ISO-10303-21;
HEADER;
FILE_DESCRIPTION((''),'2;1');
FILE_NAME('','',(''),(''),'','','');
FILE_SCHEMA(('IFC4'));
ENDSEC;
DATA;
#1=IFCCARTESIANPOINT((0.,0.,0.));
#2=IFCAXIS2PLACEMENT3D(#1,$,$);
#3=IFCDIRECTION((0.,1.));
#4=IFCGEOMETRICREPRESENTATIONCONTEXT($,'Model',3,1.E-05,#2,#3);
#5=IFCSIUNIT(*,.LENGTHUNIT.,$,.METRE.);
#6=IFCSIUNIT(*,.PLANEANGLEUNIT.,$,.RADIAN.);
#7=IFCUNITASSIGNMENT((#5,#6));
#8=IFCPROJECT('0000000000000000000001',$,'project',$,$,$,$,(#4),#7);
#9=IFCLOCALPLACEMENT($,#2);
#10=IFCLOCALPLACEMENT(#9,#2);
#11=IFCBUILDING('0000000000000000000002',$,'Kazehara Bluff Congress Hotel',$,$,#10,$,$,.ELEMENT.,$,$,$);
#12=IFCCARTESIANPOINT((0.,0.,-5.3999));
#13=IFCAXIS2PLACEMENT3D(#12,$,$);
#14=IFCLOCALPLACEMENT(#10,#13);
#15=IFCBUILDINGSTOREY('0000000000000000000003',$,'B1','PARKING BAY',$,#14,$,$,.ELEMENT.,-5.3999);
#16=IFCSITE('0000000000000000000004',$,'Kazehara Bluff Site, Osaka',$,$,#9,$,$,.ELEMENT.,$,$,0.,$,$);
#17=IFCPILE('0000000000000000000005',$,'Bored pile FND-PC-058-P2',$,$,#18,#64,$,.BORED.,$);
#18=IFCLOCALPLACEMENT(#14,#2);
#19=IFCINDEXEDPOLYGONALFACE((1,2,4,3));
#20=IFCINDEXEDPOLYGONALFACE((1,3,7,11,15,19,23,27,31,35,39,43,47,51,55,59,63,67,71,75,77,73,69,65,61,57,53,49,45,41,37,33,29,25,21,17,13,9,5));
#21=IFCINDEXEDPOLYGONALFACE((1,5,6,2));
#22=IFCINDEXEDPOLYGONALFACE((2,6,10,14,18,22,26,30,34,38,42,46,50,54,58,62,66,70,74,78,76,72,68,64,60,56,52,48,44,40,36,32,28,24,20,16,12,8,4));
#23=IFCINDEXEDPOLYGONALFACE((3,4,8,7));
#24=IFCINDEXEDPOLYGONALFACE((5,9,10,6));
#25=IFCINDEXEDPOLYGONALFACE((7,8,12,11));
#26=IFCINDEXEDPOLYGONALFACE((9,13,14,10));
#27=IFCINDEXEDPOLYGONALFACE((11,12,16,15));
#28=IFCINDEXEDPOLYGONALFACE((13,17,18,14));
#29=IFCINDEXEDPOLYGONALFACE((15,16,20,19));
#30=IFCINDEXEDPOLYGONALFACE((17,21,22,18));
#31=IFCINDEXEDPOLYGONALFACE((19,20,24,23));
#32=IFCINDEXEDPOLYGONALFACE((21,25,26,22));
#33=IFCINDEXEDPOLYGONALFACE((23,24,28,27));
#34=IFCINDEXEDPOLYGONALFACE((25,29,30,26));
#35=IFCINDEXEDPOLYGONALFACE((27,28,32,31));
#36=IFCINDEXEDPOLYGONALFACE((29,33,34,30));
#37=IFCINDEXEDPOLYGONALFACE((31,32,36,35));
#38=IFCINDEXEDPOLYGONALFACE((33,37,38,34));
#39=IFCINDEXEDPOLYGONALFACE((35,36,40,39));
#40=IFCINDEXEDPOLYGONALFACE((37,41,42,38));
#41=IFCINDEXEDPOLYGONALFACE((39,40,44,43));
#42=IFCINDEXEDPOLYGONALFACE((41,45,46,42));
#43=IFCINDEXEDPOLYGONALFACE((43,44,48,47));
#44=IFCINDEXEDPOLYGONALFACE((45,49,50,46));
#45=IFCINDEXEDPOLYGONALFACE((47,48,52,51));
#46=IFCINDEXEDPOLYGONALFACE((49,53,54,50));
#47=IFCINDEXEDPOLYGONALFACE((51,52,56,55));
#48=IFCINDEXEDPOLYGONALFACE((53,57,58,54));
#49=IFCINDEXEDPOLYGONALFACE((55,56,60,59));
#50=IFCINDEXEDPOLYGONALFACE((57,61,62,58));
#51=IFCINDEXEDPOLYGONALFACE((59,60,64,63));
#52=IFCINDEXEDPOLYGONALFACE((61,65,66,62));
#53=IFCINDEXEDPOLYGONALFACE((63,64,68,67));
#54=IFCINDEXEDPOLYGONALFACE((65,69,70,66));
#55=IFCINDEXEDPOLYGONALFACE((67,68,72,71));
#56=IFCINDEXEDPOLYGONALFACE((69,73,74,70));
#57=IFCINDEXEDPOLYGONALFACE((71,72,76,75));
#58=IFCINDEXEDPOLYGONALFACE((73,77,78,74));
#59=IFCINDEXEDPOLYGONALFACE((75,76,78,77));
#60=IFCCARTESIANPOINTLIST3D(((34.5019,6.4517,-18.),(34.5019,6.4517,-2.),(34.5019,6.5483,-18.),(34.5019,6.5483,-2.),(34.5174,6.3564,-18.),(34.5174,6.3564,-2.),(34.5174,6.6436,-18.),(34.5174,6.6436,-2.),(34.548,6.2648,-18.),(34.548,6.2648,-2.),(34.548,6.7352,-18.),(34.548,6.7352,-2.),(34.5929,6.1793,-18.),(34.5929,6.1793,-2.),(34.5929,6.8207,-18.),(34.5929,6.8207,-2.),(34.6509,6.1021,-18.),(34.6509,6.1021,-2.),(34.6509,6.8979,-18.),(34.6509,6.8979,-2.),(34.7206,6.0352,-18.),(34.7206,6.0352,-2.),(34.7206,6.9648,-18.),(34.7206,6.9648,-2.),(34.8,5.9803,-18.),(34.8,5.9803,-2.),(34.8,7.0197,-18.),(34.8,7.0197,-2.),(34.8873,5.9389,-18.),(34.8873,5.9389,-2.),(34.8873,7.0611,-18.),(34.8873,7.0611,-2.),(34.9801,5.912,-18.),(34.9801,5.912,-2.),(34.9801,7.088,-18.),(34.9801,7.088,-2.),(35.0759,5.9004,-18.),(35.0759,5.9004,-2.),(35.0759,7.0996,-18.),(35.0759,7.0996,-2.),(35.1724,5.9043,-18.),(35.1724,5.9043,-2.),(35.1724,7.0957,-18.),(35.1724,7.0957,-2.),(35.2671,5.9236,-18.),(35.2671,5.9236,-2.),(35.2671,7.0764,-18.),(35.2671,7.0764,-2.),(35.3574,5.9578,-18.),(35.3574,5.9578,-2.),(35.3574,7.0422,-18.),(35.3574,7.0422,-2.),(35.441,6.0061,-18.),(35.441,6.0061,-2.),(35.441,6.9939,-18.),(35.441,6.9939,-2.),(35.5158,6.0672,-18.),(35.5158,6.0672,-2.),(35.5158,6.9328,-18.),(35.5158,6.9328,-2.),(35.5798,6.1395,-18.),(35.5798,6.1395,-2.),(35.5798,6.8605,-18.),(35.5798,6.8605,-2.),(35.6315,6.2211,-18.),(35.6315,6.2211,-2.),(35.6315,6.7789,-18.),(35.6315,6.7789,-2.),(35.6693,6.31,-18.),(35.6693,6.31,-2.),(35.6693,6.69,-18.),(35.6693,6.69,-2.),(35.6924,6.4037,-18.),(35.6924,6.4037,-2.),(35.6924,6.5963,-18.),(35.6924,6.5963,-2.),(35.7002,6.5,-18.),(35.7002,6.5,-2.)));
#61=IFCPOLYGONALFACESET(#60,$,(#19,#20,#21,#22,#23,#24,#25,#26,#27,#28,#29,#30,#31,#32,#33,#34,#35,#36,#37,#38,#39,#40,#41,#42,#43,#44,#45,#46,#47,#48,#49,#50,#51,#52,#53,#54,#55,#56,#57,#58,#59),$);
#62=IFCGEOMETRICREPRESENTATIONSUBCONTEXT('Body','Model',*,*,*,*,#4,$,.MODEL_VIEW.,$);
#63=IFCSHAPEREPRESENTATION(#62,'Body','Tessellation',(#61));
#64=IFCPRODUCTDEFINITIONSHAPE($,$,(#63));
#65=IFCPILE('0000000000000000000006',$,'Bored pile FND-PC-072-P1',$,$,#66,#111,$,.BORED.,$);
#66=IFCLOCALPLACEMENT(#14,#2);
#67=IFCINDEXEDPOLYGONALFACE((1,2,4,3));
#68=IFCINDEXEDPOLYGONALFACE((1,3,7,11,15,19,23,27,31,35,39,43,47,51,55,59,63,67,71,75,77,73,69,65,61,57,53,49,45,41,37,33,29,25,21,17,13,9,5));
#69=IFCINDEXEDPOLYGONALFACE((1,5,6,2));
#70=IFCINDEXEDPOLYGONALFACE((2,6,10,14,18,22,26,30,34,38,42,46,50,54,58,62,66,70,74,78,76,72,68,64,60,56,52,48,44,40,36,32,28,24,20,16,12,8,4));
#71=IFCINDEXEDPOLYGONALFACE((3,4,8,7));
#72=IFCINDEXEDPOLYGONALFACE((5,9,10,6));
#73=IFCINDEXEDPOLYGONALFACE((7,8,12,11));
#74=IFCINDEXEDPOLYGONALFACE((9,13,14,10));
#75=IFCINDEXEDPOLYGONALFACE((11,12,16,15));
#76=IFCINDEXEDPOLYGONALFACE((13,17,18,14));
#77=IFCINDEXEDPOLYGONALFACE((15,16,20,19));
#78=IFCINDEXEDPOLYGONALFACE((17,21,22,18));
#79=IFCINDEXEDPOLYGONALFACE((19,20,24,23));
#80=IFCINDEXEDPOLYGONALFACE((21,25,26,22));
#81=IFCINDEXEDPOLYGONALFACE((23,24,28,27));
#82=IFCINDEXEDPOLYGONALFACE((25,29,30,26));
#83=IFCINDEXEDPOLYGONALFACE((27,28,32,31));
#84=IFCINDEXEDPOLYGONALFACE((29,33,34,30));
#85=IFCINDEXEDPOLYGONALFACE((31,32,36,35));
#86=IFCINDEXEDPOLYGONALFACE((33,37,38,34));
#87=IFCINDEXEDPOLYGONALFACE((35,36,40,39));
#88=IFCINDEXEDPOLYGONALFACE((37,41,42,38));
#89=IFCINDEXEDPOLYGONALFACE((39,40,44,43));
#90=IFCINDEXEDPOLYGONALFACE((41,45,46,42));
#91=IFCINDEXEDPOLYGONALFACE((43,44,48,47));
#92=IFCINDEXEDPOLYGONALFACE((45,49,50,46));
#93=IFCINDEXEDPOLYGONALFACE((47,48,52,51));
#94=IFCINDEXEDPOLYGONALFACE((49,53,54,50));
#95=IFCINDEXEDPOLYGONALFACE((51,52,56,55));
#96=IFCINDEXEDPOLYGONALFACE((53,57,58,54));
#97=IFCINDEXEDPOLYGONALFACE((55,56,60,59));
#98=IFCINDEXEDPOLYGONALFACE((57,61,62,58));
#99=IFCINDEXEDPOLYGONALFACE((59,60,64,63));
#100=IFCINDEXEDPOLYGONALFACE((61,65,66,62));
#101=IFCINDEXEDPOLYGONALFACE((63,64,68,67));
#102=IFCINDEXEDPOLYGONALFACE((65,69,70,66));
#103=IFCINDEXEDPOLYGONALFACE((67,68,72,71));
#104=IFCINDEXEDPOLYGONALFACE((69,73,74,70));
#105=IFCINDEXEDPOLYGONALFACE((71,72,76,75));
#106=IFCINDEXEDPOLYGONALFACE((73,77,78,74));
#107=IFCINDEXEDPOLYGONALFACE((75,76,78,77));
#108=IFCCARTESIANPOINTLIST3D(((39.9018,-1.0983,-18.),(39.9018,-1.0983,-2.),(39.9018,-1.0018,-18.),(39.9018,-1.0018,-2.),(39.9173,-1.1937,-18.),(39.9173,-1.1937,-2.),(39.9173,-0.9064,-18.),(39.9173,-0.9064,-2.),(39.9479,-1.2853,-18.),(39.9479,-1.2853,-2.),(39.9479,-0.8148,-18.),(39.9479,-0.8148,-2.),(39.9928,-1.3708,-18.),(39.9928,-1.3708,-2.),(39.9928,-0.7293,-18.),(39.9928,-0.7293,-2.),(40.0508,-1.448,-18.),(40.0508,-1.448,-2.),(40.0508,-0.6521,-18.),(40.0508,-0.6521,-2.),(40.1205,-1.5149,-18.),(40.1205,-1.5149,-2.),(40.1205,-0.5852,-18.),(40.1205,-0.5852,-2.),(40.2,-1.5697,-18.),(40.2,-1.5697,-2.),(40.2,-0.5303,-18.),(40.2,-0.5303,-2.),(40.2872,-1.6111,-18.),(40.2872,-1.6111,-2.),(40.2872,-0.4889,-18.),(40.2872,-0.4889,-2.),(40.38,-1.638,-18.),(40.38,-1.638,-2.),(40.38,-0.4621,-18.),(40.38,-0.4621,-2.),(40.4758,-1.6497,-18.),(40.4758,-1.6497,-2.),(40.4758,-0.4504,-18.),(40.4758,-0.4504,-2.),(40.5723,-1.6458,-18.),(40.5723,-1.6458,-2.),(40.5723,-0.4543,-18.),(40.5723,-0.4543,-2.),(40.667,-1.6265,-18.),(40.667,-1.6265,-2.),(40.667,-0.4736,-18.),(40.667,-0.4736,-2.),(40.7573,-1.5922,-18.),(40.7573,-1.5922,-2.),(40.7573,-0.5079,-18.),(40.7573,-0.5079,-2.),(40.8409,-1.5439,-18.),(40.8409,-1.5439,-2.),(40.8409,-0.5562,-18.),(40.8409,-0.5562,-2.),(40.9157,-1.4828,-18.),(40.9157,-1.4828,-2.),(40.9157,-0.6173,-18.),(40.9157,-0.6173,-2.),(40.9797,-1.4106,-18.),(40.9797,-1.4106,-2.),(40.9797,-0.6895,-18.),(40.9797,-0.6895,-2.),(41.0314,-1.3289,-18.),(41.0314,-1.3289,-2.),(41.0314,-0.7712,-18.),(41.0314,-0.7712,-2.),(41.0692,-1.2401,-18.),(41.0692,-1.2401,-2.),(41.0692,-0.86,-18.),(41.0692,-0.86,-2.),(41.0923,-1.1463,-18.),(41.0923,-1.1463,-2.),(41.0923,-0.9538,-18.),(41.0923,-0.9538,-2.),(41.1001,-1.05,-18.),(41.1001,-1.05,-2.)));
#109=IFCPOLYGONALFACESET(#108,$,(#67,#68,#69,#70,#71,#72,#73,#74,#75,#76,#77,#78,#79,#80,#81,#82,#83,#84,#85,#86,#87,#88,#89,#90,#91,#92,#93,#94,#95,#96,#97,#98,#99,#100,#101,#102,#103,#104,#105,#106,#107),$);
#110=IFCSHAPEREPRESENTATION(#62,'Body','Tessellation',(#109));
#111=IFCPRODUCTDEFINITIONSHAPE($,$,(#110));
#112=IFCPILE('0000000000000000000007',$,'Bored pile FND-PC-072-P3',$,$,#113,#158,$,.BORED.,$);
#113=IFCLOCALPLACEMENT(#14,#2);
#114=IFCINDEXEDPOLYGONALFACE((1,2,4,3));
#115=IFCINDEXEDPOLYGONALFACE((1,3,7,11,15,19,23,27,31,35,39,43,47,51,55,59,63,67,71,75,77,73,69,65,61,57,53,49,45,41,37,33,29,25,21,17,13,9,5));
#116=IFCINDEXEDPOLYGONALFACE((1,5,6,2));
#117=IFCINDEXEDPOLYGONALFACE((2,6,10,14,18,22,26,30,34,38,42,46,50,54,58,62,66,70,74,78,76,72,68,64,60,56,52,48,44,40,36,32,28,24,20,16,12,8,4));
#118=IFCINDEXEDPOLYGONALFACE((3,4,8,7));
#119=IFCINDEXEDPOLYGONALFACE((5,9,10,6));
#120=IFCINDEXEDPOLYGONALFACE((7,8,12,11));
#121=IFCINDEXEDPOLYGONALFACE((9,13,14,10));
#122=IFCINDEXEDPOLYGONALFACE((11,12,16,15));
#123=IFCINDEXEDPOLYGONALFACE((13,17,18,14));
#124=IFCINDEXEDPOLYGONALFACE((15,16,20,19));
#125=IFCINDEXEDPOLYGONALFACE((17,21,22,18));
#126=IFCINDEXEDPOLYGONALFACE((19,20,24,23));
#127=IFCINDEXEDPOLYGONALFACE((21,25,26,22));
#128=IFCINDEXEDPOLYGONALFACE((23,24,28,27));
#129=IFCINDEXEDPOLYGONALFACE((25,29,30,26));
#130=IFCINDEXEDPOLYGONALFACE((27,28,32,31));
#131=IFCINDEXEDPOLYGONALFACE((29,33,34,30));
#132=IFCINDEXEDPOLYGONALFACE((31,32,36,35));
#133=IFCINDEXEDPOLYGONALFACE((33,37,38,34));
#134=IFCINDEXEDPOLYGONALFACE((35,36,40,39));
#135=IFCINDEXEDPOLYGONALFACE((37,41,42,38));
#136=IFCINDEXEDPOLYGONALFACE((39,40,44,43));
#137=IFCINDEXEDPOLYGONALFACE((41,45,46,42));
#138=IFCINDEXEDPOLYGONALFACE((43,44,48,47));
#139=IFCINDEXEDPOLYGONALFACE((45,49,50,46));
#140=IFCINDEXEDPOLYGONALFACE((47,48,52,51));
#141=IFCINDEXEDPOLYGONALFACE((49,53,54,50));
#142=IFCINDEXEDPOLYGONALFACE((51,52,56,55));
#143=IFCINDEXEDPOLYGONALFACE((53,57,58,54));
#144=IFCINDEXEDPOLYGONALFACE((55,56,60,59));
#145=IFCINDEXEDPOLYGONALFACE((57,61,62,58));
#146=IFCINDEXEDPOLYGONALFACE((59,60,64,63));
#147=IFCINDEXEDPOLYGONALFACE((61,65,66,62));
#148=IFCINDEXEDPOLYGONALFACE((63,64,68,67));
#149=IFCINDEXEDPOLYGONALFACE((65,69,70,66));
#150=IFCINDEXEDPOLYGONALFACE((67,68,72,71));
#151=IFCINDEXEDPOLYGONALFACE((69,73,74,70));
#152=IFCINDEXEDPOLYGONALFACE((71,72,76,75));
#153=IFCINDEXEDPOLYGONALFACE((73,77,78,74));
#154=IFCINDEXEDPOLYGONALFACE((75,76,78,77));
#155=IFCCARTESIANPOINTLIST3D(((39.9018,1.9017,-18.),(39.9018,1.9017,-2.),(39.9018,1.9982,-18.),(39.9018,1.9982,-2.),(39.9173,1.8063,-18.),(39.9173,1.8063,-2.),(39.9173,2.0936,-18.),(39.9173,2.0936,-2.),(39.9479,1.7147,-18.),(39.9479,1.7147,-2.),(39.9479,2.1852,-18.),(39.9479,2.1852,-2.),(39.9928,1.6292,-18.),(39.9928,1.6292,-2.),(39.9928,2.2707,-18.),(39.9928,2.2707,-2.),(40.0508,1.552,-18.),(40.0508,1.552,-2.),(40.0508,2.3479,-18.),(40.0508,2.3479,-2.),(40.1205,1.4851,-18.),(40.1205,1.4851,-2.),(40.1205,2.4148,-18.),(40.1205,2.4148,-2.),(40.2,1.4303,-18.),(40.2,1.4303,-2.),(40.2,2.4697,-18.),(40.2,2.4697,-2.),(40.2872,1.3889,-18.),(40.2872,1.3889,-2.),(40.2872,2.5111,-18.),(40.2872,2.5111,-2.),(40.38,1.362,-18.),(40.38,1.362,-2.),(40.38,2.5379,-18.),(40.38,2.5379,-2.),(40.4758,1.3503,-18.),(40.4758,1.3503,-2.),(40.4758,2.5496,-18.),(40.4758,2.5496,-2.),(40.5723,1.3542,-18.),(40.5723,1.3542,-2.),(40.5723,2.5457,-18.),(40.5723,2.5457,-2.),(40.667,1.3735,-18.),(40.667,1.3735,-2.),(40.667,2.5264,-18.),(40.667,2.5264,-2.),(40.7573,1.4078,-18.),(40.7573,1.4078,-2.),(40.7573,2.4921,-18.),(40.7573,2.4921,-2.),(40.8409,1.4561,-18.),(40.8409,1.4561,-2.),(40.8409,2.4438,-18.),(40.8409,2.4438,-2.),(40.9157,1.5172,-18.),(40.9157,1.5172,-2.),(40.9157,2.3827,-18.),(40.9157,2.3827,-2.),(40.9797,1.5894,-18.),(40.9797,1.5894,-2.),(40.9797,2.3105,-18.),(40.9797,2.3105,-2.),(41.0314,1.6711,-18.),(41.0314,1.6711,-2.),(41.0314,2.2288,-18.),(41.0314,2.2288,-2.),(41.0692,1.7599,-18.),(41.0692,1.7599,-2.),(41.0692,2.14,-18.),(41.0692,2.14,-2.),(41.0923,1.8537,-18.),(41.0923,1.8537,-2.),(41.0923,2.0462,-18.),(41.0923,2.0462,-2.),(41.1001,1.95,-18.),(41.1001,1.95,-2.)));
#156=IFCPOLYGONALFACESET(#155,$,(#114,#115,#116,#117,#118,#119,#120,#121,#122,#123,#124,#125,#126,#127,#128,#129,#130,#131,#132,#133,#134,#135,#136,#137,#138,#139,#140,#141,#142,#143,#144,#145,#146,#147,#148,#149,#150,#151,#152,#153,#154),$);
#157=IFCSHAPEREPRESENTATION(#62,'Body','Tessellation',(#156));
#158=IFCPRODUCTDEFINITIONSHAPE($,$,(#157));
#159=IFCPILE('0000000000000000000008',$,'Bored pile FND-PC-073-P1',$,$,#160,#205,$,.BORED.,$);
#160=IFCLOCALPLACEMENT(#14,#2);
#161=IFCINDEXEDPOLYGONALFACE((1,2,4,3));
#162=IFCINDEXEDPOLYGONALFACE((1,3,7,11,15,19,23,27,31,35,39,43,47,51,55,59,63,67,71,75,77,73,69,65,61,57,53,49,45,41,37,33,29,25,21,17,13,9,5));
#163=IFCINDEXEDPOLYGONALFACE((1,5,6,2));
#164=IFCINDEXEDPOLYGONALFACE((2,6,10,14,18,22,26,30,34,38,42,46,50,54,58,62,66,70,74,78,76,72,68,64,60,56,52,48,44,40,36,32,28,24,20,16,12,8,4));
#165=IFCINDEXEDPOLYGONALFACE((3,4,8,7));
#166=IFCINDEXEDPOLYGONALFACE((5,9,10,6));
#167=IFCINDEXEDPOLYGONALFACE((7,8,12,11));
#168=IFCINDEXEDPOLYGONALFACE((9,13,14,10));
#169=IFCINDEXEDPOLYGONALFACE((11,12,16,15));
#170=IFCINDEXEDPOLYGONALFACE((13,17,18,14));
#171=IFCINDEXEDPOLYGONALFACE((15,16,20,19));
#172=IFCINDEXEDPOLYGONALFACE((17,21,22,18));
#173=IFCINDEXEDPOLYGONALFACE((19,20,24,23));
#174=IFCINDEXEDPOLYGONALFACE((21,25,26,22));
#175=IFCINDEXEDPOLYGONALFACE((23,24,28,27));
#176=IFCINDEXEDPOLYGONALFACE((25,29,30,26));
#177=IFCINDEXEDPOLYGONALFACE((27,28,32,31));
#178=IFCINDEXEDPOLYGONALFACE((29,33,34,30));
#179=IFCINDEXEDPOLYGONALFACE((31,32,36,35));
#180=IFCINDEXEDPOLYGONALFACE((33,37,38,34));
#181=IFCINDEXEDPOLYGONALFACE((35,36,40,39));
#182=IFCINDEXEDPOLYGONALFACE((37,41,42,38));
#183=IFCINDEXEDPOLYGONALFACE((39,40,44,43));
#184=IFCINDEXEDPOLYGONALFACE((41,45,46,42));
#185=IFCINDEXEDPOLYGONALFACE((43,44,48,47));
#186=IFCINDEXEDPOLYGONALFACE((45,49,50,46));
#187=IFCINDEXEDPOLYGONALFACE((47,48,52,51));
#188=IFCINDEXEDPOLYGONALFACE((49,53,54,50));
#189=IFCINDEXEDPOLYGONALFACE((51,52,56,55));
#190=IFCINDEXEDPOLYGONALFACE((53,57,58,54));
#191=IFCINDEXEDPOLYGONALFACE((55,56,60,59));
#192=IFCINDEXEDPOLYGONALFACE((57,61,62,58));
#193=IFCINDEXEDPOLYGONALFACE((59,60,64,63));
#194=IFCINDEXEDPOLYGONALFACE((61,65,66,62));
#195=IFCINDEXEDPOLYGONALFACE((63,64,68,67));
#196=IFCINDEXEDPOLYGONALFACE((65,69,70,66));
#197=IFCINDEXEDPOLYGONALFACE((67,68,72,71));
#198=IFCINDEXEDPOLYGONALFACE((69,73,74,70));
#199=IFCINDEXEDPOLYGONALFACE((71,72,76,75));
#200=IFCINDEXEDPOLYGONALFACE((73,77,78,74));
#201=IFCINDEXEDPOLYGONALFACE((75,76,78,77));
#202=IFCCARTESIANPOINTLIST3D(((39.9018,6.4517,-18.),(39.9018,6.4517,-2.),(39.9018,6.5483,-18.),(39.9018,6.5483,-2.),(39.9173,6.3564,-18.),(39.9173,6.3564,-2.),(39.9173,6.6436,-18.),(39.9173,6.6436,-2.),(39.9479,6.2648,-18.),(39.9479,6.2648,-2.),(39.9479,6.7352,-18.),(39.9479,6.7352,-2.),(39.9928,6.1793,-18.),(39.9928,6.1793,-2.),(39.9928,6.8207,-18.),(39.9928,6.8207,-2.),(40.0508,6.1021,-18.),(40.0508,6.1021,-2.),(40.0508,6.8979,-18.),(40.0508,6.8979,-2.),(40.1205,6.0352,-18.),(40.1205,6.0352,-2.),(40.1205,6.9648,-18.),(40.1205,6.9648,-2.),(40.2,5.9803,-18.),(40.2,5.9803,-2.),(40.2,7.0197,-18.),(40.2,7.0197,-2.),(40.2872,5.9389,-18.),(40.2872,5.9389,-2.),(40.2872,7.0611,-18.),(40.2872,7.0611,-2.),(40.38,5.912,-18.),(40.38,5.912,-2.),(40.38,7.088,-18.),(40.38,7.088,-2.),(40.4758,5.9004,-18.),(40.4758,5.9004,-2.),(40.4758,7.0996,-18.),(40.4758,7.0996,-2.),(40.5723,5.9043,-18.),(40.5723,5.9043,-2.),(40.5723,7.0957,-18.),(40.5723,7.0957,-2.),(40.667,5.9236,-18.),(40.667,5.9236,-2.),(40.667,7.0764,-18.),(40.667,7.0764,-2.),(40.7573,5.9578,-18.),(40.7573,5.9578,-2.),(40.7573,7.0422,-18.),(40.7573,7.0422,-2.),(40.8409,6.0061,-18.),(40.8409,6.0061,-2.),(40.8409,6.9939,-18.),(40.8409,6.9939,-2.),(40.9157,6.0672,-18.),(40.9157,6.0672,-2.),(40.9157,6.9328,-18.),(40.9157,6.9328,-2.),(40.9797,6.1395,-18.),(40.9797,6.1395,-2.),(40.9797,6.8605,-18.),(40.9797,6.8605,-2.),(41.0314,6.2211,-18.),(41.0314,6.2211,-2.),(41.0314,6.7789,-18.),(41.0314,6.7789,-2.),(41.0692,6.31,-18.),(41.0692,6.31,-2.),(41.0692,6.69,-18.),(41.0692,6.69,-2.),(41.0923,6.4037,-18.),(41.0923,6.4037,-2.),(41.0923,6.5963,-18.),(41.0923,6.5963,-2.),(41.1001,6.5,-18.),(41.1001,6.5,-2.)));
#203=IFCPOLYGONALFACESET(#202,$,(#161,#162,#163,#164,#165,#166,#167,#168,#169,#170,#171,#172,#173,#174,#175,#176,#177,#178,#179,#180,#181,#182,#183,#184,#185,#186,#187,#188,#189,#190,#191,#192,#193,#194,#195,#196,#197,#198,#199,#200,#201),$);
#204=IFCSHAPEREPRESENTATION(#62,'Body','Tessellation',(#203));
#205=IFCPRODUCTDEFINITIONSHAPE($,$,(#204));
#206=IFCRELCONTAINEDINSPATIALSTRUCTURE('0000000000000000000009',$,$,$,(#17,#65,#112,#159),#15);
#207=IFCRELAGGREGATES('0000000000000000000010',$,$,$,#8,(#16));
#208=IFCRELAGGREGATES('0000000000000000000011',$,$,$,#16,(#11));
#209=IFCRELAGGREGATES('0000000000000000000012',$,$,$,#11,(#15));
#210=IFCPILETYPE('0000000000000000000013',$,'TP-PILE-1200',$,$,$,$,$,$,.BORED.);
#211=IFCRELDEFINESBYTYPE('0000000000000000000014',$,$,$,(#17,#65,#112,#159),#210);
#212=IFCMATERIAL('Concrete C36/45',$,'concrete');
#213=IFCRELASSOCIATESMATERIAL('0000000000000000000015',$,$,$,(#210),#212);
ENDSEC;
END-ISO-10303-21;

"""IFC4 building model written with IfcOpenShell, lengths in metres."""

from ifc_helpers import new_model, si_unit, direction, frame, origin, origin_2d, place, context, subcontext, project, spatial, circle, extrude, material, material_profile, profile_set, type_object, element, save


model = new_model("IFC4")

# Units and contexts
model_context = context("Model", 3, precision=1e-05, world=origin(), true_north=direction((0.0, 1.0)))
body_context = subcontext(model_context, "Body", "Model", "MODEL_VIEW")
ifc_project = project(units=[si_unit("LENGTHUNIT", "METRE"), si_unit("PLANEANGLEUNIT", "RADIAN")], contexts=[model_context])

# Site, building, storey
site_placement = place(None, origin())
site = spatial("IfcSite", under=ifc_project, at=site_placement, Name="Kazehara Bluff Site, Osaka", CompositionType="ELEMENT", RefElevation=0.0)
building_placement = place(site_placement, origin())
building = spatial("IfcBuilding", under=site, at=building_placement, Name="Kazehara Bluff Congress Hotel", CompositionType="ELEMENT")
storey_placement = place(building_placement, frame((0.0, 0.0, -5.3999)))
storey = spatial("IfcBuildingStorey", under=building, at=storey_placement, Name="B1", Description="PARKING BAY", CompositionType="ELEMENT", Elevation=-5.3999)

# Piles
ifc_material_1 = material(Name="Concrete C36/45", Category="concrete")
ifc_material_profile_1 = material_profile(ifc_material_1, circle(Radius=0.6001, at=origin_2d()))
ifc_profile_set_1 = profile_set([ifc_material_profile_1], Name="Concrete C36/45")
pile_type = type_object("IfcPileType", Name="TP-PILE-1200", PredefinedType="BORED", material=ifc_profile_set_1)
for number, where, z_axis, x_axis, name in (
    (1, (35.1001, 6.5, -2.0), (0.0, 0.0, -1.0), (1.0, 0.0, 0.0), "Bored pile FND-PC-058-P2"),
    (2, (40.5, -1.05, -2.0), (0.0, 0.0, -1.0), (1.0, 0.0, 0.0), "Bored pile FND-PC-072-P1"),
    (3, (40.5, 1.95, -2.0), (0.0, 0.0, -1.0), (1.0, 0.0, 0.0), "Bored pile FND-PC-072-P3"),
    (4, (40.5, 6.5, -2.0), (0.0, 0.0, -1.0), (1.0, 0.0, 0.0), "Bored pile FND-PC-073-P1"),
):
    element("IfcPile", number, at=place(storey_placement, frame(where, z_axis=z_axis, x_axis=x_axis)), inside=storey, type_object=pile_type, Name=name, PredefinedType="BORED", context=body_context, shape_type="SweptSolid", body=[
        extrude(circle(Radius=0.6001, at=origin_2d()), origin(), (0.0, 0.0, 1.0), 16.0),
    ])

save(model, "model.ifc")
